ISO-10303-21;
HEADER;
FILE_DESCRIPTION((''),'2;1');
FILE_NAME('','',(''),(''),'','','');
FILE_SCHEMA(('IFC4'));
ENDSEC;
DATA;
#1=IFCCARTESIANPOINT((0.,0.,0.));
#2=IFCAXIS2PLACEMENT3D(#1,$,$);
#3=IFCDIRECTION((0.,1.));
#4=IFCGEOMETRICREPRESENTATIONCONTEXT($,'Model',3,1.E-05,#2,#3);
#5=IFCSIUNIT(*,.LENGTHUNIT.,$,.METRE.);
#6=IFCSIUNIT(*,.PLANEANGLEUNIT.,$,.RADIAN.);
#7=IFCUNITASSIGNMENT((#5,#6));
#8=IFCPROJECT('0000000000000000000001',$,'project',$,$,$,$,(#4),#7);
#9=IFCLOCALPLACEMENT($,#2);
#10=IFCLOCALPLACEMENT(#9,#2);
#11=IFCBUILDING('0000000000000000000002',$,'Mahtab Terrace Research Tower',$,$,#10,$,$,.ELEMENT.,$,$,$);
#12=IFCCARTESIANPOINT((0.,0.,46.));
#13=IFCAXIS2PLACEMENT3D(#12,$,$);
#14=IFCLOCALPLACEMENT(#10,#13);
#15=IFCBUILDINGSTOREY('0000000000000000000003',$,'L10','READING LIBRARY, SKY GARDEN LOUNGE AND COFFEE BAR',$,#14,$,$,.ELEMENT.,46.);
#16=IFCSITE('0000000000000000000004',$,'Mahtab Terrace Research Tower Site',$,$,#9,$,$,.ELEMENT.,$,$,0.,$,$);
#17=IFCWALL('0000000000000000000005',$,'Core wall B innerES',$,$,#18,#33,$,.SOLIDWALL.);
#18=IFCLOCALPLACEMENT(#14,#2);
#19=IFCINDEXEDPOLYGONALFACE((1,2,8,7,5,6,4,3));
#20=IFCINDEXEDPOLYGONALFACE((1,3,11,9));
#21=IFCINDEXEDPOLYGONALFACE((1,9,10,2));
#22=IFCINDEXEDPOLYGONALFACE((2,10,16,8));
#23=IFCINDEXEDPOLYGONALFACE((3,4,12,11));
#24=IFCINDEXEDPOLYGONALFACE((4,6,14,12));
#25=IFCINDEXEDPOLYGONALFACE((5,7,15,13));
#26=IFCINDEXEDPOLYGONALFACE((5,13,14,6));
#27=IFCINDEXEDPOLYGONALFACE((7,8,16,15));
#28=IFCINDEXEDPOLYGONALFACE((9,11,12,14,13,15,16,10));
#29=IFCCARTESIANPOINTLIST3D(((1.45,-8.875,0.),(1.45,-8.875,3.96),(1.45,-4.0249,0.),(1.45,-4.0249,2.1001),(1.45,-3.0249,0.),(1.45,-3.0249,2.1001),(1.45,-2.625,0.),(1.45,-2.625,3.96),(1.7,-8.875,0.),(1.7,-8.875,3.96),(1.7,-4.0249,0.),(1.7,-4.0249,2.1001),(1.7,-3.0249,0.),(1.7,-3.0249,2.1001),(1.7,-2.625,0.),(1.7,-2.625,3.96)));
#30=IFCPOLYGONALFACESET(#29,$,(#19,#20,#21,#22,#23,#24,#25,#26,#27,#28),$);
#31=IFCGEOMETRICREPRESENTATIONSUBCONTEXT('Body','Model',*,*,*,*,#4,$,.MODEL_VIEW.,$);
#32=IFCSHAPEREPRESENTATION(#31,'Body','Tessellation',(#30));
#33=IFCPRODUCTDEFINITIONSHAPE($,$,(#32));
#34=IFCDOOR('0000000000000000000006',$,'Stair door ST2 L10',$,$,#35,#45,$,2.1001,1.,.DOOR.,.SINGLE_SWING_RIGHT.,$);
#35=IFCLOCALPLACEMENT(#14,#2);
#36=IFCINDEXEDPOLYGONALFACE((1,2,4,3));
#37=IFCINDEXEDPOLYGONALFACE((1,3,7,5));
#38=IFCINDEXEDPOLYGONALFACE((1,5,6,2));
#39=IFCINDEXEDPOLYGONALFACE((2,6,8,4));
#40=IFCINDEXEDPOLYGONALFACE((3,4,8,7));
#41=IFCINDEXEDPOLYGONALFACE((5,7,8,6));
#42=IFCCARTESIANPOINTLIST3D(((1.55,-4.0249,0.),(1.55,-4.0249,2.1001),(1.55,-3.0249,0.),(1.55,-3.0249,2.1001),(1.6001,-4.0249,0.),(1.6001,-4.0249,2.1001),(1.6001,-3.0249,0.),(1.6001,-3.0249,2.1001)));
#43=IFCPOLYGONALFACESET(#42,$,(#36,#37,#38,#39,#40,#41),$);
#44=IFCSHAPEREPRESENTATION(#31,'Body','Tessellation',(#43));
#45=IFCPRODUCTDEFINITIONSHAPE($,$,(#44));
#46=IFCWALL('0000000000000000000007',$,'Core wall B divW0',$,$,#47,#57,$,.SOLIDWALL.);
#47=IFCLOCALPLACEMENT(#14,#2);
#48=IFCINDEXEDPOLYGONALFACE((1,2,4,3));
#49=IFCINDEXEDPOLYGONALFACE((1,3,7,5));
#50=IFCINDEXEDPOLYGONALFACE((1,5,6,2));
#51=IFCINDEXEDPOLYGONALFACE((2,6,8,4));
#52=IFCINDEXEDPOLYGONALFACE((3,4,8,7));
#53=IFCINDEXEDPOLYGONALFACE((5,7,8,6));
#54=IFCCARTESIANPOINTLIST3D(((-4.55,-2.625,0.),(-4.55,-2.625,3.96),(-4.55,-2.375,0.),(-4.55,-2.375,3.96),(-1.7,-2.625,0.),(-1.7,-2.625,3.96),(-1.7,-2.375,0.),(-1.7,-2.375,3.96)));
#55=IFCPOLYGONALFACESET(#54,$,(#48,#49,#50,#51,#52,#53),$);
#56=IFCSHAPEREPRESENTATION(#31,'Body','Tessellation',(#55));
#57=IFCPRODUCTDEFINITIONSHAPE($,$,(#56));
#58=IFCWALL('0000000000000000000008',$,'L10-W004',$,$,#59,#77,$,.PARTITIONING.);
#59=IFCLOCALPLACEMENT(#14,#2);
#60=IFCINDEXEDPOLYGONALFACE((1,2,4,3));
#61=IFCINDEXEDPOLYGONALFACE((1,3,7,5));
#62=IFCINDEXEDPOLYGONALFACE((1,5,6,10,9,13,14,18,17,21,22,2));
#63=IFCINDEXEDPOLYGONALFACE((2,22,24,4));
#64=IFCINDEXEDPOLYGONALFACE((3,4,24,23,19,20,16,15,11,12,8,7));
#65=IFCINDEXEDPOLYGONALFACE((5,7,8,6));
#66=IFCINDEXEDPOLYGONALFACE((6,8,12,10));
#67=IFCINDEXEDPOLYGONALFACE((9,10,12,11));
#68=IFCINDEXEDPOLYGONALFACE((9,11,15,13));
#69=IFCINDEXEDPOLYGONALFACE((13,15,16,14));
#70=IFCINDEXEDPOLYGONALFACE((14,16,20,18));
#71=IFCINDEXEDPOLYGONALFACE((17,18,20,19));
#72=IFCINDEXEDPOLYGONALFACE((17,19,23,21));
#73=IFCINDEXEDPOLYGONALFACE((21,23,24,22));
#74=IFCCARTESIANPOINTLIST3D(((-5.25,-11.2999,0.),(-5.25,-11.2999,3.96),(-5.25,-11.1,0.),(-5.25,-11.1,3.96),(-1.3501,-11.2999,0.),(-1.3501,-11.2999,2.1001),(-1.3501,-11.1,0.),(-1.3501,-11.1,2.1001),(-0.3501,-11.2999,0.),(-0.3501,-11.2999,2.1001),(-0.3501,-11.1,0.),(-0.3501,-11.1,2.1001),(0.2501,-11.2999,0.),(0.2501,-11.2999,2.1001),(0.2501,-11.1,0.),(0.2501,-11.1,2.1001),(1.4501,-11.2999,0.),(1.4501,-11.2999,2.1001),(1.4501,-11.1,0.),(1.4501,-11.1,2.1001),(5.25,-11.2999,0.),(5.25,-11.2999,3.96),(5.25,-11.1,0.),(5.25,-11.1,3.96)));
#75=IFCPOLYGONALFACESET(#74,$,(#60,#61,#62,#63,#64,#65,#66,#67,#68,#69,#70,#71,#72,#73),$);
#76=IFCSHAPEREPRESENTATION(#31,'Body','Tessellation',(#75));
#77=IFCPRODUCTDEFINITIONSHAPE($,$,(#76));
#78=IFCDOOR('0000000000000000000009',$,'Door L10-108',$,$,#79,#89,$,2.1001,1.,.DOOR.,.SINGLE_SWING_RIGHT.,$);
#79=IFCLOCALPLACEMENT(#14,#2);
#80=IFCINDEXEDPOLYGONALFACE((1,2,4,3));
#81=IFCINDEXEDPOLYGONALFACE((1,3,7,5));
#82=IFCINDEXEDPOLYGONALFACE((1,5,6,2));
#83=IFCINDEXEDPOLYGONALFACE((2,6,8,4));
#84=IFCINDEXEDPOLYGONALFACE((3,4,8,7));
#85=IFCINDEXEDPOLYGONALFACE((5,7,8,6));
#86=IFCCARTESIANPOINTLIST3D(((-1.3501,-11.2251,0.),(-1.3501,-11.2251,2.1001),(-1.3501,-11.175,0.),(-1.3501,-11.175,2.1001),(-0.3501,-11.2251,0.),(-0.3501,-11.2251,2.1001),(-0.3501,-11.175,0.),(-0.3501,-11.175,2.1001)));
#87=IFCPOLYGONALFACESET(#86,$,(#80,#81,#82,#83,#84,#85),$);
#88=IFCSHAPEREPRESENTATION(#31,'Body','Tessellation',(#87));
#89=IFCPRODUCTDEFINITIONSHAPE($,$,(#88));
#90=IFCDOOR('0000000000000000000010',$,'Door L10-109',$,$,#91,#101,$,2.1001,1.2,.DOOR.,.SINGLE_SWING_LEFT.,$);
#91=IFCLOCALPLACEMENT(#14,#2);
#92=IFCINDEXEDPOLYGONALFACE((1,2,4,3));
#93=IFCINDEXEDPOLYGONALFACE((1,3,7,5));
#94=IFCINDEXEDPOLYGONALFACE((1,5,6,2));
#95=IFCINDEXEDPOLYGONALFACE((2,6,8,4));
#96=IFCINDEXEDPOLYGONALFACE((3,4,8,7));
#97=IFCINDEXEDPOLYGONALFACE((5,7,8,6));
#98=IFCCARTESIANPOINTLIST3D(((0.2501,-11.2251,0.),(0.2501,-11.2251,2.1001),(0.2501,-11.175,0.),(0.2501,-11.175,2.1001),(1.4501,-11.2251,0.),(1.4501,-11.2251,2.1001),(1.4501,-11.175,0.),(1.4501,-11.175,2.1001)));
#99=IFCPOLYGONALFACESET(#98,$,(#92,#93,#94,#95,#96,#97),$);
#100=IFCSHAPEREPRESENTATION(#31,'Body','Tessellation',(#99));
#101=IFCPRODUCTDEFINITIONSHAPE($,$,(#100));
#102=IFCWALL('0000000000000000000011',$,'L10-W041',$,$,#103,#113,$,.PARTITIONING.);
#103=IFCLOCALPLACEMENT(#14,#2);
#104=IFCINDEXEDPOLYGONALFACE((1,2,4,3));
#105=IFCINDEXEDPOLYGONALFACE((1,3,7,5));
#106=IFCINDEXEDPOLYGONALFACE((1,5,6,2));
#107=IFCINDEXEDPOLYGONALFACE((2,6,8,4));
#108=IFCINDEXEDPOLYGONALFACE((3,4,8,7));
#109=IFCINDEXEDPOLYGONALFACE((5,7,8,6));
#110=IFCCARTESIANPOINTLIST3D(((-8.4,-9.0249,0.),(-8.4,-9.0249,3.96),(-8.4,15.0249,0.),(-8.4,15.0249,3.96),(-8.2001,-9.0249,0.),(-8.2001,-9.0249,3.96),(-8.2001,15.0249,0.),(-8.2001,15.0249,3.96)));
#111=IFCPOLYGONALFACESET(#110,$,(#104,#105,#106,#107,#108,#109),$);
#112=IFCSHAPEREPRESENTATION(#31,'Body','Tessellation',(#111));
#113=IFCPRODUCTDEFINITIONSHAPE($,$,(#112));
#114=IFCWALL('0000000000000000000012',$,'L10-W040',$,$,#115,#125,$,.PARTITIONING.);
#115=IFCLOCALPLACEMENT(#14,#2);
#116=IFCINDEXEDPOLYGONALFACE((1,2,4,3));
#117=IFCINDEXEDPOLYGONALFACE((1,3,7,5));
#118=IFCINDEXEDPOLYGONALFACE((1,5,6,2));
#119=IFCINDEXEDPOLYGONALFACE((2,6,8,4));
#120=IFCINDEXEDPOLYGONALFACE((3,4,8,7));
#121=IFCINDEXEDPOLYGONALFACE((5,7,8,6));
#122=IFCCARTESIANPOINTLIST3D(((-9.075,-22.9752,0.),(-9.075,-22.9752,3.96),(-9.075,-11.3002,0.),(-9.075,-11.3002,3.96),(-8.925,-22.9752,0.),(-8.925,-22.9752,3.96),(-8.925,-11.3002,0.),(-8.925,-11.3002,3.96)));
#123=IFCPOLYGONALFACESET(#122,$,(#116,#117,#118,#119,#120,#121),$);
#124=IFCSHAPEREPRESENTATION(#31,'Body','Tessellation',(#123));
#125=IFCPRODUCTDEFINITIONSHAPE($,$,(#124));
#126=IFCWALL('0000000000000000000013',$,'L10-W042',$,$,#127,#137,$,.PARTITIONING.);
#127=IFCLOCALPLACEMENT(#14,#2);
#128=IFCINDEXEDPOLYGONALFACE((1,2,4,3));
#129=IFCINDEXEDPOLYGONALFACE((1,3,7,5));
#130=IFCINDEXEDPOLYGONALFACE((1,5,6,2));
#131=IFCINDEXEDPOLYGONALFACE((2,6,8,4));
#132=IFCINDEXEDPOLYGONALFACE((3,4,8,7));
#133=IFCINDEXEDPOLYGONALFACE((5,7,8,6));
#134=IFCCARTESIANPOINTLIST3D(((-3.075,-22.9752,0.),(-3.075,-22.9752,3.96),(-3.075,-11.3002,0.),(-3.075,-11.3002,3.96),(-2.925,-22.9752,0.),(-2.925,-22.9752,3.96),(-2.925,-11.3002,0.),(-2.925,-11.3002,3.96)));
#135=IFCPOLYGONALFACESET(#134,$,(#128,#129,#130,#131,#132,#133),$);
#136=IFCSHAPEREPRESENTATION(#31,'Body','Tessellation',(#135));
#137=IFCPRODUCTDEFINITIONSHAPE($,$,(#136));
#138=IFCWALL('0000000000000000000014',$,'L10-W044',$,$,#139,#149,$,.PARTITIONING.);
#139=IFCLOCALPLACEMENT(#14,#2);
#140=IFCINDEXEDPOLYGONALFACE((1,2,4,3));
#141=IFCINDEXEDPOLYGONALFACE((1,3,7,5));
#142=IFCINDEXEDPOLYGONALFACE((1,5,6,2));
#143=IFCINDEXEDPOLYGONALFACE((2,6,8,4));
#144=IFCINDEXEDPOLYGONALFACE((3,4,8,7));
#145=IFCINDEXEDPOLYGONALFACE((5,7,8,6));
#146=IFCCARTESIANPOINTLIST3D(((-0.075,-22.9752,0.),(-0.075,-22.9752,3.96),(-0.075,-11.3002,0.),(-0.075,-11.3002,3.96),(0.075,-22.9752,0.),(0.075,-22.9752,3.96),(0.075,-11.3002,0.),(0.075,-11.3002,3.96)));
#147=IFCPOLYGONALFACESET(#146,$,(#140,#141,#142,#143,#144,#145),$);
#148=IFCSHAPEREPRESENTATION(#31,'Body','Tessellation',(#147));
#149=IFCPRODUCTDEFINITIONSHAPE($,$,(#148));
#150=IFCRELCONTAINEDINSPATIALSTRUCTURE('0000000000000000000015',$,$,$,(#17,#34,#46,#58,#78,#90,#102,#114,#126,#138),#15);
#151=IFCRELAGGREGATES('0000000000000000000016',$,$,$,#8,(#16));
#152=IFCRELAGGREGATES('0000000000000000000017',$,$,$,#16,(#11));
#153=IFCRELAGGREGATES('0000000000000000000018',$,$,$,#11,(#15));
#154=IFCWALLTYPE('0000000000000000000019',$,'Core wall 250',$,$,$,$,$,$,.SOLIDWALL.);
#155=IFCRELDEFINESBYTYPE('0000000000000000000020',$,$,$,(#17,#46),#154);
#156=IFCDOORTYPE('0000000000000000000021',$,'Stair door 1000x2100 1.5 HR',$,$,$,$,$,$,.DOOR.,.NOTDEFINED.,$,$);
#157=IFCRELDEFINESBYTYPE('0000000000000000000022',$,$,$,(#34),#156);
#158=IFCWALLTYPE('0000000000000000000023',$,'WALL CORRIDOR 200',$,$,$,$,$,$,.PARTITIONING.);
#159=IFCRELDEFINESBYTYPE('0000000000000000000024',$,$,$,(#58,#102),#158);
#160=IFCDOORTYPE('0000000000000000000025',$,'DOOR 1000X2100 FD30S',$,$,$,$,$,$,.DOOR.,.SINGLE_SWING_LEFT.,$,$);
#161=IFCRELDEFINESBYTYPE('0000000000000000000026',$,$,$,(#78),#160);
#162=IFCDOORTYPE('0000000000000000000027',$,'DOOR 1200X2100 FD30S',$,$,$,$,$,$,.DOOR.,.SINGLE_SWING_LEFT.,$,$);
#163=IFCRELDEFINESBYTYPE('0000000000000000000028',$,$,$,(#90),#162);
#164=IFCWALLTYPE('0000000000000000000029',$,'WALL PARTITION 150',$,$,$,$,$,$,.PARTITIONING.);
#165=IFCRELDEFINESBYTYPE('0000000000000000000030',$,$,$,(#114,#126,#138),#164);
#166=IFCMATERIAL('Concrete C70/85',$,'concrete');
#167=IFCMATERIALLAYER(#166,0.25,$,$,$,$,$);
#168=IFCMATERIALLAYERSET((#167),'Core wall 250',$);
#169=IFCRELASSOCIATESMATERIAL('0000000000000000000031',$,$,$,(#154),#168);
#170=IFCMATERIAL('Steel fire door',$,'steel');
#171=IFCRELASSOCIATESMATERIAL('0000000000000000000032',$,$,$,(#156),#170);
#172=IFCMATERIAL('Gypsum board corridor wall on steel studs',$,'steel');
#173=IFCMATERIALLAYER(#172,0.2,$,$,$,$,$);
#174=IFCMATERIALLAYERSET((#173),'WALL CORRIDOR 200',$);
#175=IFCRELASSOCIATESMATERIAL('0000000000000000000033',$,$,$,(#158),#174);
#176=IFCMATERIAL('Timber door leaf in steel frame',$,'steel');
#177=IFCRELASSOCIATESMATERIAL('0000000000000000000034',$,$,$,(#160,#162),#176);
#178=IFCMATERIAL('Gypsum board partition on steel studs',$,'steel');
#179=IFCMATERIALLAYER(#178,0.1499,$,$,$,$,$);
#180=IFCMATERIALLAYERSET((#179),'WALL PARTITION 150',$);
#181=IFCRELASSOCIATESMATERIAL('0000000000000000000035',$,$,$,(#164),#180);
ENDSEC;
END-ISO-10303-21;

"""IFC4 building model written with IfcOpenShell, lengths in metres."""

from ifc_helpers import new_model, si_unit, direction, frame, frame_2d, origin, place, context, subcontext, project, spatial, rectangle, extrude, material, layer, layer_set, type_object, element, fill, save


model = new_model("IFC4")

# Units and contexts
model_context = context("Model", 3, precision=1e-05, world=origin(), true_north=direction((0.0, 1.0)))
body_context = subcontext(model_context, "Body", "Model", "MODEL_VIEW")
ifc_project = project(units=[si_unit("LENGTHUNIT", "METRE"), si_unit("PLANEANGLEUNIT", "RADIAN")], contexts=[model_context])

# Site, building, storey
site_placement = place(None, origin())
site = spatial("IfcSite", under=ifc_project, at=site_placement, Name="Mahtab Terrace Research Tower Site", CompositionType="ELEMENT", RefElevation=0.0)
building_placement = place(site_placement, origin())
building = spatial("IfcBuilding", under=site, at=building_placement, Name="Mahtab Terrace Research Tower", CompositionType="ELEMENT")
storey_placement = place(building_placement, frame((0.0, 0.0, 46.0)))
storey = spatial("IfcBuildingStorey", under=building, at=storey_placement, Name="L10", Description="READING LIBRARY, SKY GARDEN LOUNGE AND COFFEE BAR", CompositionType="ELEMENT", Elevation=46.0)

# Shared definitions
ifc_material_1 = material(Name="Concrete C70/85", Category="concrete")

# Shared definitions
ifc_layer_1 = layer(ifc_material_1, 0.25)
ifc_layer_set_1 = layer_set([ifc_layer_1], Name="Core wall 250")
wall_type_1 = type_object("IfcWallType", Name="Core wall 250", PredefinedType="SOLIDWALL", material=ifc_layer_set_1)
ifc_material_2 = material(Name="Steel fire door", Category="steel")

# Wall, opening, door
wall_1_placement = place(storey_placement, frame((1.575, -8.875, 0.0), z_axis=(0.0, 0.0, 1.0), x_axis=(0.0, 1.0, 0.0)))
wall_1 = element("IfcWall", 1, at=wall_1_placement, inside=storey, type_object=wall_type_1, Name="Core wall B innerES", PredefinedType="SOLIDWALL", context=body_context, shape_type="SweptSolid", body=[
    extrude(rectangle(XDim=6.25, YDim=0.25, at=frame_2d((3.125, 0.0))), origin(), (0.0, 0.0, 1.0), 3.96),
])
opening_1_placement = place(wall_1_placement, frame((4.8501, 0.0, 0.0)))
opening_1 = element("IfcOpeningElement", 2, at=opening_1_placement, cuts=wall_1, PredefinedType="OPENING", context=body_context, shape_type="SweptSolid", body=[
    extrude(rectangle(XDim=1.0, YDim=2.1001, at=frame_2d((0.5, 1.05))), frame((0.0, 0.135, 0.0), z_axis=(0.0, -1.0, 0.0), x_axis=(1.0, 0.0, 0.0)), (0.0, 0.0, 1.0), 0.27),
])
door_type_1 = type_object("IfcDoorType", Name="Stair door 1000x2100 1.5 HR", OperationType="NOTDEFINED", PredefinedType="DOOR", material=ifc_material_2)
door_1_placement = place(opening_1_placement, origin())
door_1 = element("IfcDoor", 3, at=door_1_placement, inside=storey, type_object=door_type_1, Name="Stair door ST2 L10", OperationType="SINGLE_SWING_RIGHT", OverallHeight=2.1001, OverallWidth=1.0, PredefinedType="DOOR", context=body_context, shape_type="SweptSolid", body=[
    extrude(rectangle(XDim=1.0, YDim=2.1001, at=frame_2d((0.5, 1.05))), frame((0.0, 0.0249, 0.0), z_axis=(0.0, -1.0, 0.0), x_axis=(1.0, 0.0, 0.0)), (0.0, 0.0, 1.0), 0.05),
])
fill(opening_1, door_1)

# Wall
wall_2_placement = place(storey_placement, frame((-4.55, -2.5, 0.0), z_axis=(0.0, 0.0, 1.0), x_axis=(1.0, 0.0, 0.0)))
element("IfcWall", 4, at=wall_2_placement, inside=storey, type_object=wall_type_1, Name="Core wall B divW0", PredefinedType="SOLIDWALL", context=body_context, shape_type="SweptSolid", body=[
    extrude(rectangle(XDim=2.8501, YDim=0.25, at=frame_2d((1.425, 0.0))), origin(), (0.0, 0.0, 1.0), 3.96),
])

# Wall, openings, doors
ifc_material_3 = material(Name="Gypsum board corridor wall on steel studs", Category="steel")
ifc_layer_2 = layer(ifc_material_3, 0.2)
ifc_layer_set_2 = layer_set([ifc_layer_2], Name="WALL CORRIDOR 200")
wall_type_2 = type_object("IfcWallType", Name="WALL CORRIDOR 200", PredefinedType="PARTITIONING", material=ifc_layer_set_2)
wall_3_placement = place(storey_placement, frame((-5.25, -11.2, 0.0), z_axis=(0.0, 0.0, 1.0), x_axis=(1.0, 0.0, 0.0)))
wall_3 = element("IfcWall", 5, at=wall_3_placement, inside=storey, type_object=wall_type_2, Name="L10-W004", PredefinedType="PARTITIONING", context=body_context, shape_type="SweptSolid", body=[
    extrude(rectangle(XDim=10.5, YDim=0.2, at=frame_2d((5.25, 0.0))), origin(), (0.0, 0.0, 1.0), 3.96),
])
opening_2_placement = place(wall_3_placement, frame((3.8999, 0.0, 0.0)))
opening_2 = element("IfcOpeningElement", 6, at=opening_2_placement, cuts=wall_3, PredefinedType="OPENING", context=body_context, shape_type="SweptSolid", body=[
    extrude(rectangle(XDim=1.0, YDim=2.1001, at=frame_2d((0.5, 1.05))), frame((0.0, 0.1099, 0.0), z_axis=(0.0, -1.0, 0.0), x_axis=(1.0, 0.0, 0.0)), (0.0, 0.0, 1.0), 0.22),
])
opening_3_placement = place(wall_3_placement, frame((5.5, 0.0, 0.0)))
opening_3 = element("IfcOpeningElement", 7, at=opening_3_placement, cuts=wall_3, PredefinedType="OPENING", context=body_context, shape_type="SweptSolid", body=[
    extrude(rectangle(XDim=1.2, YDim=2.1001, at=frame_2d((0.6001, 1.05))), frame((0.0, 0.1099, 0.0), z_axis=(0.0, -1.0, 0.0), x_axis=(1.0, 0.0, 0.0)), (0.0, 0.0, 1.0), 0.22),
])
ifc_material_4 = material(Name="Timber door leaf in steel frame", Category="steel")
door_type_2 = type_object("IfcDoorType", Name="DOOR 1000X2100 FD30S", OperationType="SINGLE_SWING_LEFT", PredefinedType="DOOR", material=ifc_material_4)
door_2_placement = place(opening_2_placement, origin())
door_2 = element("IfcDoor", 8, at=door_2_placement, inside=storey, type_object=door_type_2, Name="Door L10-108", OperationType="SINGLE_SWING_RIGHT", OverallHeight=2.1001, OverallWidth=1.0, PredefinedType="DOOR", context=body_context, shape_type="SweptSolid", body=[
    extrude(rectangle(XDim=1.0, YDim=2.1001, at=frame_2d((0.5, 1.05))), frame((0.0, 0.0249, 0.0), z_axis=(0.0, -1.0, 0.0), x_axis=(1.0, 0.0, 0.0)), (0.0, 0.0, 1.0), 0.05),
])
fill(opening_2, door_2)
door_type_3 = type_object("IfcDoorType", Name="DOOR 1200X2100 FD30S", OperationType="SINGLE_SWING_LEFT", PredefinedType="DOOR", material=ifc_material_4)
door_3_placement = place(opening_3_placement, origin())
door_3 = element("IfcDoor", 9, at=door_3_placement, inside=storey, type_object=door_type_3, Name="Door L10-109", OperationType="SINGLE_SWING_LEFT", OverallHeight=2.1001, OverallWidth=1.2, PredefinedType="DOOR", context=body_context, shape_type="SweptSolid", body=[
    extrude(rectangle(XDim=1.2, YDim=2.1001, at=frame_2d((0.6001, 1.05))), frame((0.0, 0.0249, 0.0), z_axis=(0.0, -1.0, 0.0), x_axis=(1.0, 0.0, 0.0)), (0.0, 0.0, 1.0), 0.05),
])
fill(opening_3, door_3)

# Walls
wall_4_placement = place(storey_placement, frame((-8.3, -9.0249, 0.0), z_axis=(0.0, 0.0, 1.0), x_axis=(0.0, 1.0, 0.0)))
element("IfcWall", 10, at=wall_4_placement, inside=storey, type_object=wall_type_2, Name="L10-W041", PredefinedType="PARTITIONING", context=body_context, shape_type="SweptSolid", body=[
    extrude(rectangle(XDim=24.0498, YDim=0.2, at=frame_2d((12.0249, 0.0))), origin(), (0.0, 0.0, 1.0), 3.96),
])
ifc_material_5 = material(Name="Gypsum board partition on steel studs", Category="steel")
ifc_layer_3 = layer(ifc_material_5, 0.1499)
ifc_layer_set_3 = layer_set([ifc_layer_3], Name="WALL PARTITION 150")
wall_type_3 = type_object("IfcWallType", Name="WALL PARTITION 150", PredefinedType="PARTITIONING", material=ifc_layer_set_3)
for number, where, z_axis, x_axis, name in (
    (11, (-9.0, -22.9751, 0.0), (0.0, 0.0, 1.0), (0.0, 1.0, 0.0), "L10-W040"),
    (12, (-3.0, -22.9751, 0.0), (0.0, 0.0, 1.0), (0.0, 1.0, 0.0), "L10-W042"),
    (13, (0.0, -22.9751, 0.0), (0.0, 0.0, 1.0), (0.0, 1.0, 0.0), "L10-W044"),
):
    element("IfcWall", number, at=place(storey_placement, frame(where, z_axis=z_axis, x_axis=x_axis)), inside=storey, type_object=wall_type_3, Name=name, PredefinedType="PARTITIONING", context=body_context, shape_type="SweptSolid", body=[
        extrude(rectangle(XDim=11.675, YDim=0.1499, at=frame_2d((5.8374, 0.0))), origin(), (0.0, 0.0, 1.0), 3.96),
    ])

save(model, "model.ifc")
